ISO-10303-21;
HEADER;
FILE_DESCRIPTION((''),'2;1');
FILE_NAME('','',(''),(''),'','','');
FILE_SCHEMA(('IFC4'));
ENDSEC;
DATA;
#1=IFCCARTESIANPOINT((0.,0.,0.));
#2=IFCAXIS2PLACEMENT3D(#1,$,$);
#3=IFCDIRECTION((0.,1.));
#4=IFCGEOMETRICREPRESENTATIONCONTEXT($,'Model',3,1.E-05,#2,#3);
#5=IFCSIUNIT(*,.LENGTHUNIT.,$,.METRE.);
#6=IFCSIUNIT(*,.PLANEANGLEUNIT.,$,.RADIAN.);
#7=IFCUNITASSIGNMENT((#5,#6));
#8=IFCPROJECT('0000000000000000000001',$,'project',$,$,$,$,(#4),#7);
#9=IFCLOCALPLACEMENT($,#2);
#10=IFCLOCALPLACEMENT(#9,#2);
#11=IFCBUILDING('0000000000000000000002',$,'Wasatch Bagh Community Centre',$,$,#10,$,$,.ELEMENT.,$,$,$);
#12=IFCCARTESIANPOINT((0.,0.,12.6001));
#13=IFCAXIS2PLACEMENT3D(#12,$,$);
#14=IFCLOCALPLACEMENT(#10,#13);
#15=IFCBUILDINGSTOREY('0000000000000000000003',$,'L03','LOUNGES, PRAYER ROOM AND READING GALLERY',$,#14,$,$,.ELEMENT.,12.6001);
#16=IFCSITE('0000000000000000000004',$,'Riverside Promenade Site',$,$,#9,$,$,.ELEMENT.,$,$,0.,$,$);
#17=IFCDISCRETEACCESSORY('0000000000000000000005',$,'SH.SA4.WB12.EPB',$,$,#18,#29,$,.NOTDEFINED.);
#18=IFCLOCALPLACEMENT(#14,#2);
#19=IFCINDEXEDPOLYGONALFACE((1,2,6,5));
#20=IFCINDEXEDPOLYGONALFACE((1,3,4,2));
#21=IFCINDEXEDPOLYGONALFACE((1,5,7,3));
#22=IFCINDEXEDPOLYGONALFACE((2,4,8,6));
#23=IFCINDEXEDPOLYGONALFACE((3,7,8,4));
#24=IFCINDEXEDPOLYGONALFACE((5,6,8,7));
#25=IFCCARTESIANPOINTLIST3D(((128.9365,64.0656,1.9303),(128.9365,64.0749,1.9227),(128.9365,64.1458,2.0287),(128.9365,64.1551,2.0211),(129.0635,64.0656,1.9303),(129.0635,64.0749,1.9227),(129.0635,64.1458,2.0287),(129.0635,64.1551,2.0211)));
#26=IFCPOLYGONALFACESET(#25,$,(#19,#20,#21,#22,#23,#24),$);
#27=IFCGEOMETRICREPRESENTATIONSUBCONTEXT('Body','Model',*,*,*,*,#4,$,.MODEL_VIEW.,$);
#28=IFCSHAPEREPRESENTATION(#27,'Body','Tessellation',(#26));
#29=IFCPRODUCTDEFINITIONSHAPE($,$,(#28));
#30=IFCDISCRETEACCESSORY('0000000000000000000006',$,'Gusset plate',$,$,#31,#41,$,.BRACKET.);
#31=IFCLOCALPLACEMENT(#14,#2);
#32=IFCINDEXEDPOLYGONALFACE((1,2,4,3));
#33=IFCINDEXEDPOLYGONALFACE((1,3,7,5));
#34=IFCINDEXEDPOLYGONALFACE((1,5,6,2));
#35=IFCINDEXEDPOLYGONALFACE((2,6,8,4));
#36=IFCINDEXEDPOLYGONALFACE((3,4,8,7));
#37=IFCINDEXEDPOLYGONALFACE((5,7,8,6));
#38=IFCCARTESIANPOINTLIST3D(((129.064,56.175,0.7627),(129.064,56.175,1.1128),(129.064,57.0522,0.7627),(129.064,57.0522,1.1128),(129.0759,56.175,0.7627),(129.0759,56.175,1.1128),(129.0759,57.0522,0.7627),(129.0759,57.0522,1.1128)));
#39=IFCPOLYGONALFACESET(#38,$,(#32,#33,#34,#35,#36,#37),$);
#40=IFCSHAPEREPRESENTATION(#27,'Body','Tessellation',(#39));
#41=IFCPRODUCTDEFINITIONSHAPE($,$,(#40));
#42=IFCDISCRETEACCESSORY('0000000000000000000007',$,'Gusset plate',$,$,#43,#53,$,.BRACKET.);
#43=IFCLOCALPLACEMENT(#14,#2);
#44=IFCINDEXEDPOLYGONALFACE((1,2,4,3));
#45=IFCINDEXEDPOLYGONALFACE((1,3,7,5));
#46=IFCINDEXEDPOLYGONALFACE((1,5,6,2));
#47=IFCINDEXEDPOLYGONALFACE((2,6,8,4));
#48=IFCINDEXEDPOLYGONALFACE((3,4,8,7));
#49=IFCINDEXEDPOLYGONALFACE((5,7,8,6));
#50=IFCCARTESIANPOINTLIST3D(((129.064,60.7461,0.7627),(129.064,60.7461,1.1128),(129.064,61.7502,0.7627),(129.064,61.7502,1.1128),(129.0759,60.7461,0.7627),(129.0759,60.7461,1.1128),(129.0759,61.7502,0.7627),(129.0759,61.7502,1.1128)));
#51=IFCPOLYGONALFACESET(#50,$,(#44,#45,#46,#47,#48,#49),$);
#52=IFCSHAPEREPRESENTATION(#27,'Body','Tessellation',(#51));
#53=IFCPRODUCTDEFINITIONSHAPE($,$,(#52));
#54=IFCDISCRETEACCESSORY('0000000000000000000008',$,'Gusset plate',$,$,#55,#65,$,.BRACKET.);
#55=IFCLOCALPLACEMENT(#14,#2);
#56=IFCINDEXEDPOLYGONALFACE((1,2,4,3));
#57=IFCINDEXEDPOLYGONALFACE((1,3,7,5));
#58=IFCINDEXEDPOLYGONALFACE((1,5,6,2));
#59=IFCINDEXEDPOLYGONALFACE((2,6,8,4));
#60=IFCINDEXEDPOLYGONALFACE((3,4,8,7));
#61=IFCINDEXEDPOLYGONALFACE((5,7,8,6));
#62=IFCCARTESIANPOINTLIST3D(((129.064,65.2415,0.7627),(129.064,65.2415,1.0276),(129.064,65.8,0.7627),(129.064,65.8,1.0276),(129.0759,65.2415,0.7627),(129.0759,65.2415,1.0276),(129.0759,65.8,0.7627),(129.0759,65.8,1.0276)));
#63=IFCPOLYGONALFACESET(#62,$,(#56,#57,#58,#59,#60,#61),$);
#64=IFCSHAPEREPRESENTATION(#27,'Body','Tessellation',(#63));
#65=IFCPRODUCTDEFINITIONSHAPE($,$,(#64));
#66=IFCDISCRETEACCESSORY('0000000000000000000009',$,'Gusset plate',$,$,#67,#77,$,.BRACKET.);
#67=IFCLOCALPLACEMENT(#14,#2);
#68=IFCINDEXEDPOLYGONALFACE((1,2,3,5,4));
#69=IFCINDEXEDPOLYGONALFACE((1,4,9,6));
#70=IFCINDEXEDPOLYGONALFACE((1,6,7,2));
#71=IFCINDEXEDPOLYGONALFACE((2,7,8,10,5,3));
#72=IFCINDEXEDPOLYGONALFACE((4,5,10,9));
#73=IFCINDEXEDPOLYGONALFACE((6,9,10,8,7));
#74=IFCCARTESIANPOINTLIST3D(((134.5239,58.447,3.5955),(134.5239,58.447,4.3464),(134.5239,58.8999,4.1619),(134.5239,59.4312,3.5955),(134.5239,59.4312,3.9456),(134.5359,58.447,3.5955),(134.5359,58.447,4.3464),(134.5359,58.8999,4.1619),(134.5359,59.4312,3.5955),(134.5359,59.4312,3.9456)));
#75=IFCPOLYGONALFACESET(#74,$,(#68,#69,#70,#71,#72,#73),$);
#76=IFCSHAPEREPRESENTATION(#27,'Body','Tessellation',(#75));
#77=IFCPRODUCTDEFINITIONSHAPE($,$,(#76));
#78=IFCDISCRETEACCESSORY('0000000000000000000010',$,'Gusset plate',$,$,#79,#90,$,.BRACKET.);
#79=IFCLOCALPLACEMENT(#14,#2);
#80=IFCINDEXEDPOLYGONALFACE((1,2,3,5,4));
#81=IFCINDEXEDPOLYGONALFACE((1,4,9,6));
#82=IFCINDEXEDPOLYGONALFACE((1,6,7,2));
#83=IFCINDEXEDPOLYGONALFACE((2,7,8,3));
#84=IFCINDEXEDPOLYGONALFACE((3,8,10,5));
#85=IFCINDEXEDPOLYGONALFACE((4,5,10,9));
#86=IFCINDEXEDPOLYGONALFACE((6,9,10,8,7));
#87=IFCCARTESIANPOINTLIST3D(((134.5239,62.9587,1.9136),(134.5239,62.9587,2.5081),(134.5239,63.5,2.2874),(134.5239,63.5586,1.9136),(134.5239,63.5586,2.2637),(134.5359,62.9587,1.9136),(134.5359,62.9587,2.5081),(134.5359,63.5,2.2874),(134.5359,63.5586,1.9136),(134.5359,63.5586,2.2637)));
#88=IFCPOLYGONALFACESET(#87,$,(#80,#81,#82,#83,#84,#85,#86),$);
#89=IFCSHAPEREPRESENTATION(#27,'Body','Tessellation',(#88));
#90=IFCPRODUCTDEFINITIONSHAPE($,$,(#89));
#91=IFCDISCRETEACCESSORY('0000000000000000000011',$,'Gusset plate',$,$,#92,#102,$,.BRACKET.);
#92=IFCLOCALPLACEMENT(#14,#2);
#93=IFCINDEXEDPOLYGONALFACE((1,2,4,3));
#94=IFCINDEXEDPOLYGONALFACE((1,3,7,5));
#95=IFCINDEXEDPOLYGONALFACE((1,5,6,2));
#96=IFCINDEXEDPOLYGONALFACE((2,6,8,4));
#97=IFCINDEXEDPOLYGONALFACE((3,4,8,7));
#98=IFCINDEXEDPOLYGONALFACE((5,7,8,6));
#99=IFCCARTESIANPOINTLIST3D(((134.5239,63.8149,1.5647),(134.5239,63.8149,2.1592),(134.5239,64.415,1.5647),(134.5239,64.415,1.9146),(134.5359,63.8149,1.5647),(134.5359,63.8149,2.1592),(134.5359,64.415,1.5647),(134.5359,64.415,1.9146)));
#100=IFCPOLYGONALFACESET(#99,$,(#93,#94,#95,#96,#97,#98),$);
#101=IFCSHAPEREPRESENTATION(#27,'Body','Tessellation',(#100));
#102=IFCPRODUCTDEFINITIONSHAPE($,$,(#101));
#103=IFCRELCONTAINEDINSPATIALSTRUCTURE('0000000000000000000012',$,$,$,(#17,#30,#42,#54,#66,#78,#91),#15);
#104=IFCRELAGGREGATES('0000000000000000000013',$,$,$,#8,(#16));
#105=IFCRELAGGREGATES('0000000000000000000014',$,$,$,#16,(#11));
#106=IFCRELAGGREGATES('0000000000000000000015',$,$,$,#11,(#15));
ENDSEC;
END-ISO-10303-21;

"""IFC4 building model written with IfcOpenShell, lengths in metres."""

from ifc_helpers import new_model, si_unit, direction, frame, origin, origin_2d, place, context, subcontext, project, spatial, polyline, rectangle, outline, extrude, element, save


model = new_model("IFC4")

# Units and contexts
model_context = context("Model", 3, precision=1e-05, world=origin(), true_north=direction((0.0, 1.0)))
body_context = subcontext(model_context, "Body", "Model", "MODEL_VIEW")
ifc_project = project(units=[si_unit("LENGTHUNIT", "METRE"), si_unit("PLANEANGLEUNIT", "RADIAN")], contexts=[model_context])

# Site, building, storey
site_placement = place(None, origin())
site = spatial("IfcSite", under=ifc_project, at=site_placement, Name="Riverside Promenade Site", CompositionType="ELEMENT", RefElevation=0.0)
building_placement = place(site_placement, origin())
building = spatial("IfcBuilding", under=site, at=building_placement, Name="Wasatch Bagh Community Centre", CompositionType="ELEMENT")
storey_placement = place(building_placement, frame((0.0, 0.0, 12.6001)))
storey = spatial("IfcBuildingStorey", under=building, at=storey_placement, Name="L03", Description="LOUNGES, PRAYER ROOM AND READING GALLERY", CompositionType="ELEMENT", Elevation=12.6001)

# Discrete accessories
discrete_accessory_1_placement = place(storey_placement, frame((129.0, 64.115, 1.9719), z_axis=(0.0, -0.774865, 0.632127), x_axis=(1.0, 0.0, 0.0)))
element("IfcDiscreteAccessory", 1, at=discrete_accessory_1_placement, inside=storey, Name="SH.SA4.WB12.EPB", PredefinedType="NOTDEFINED", context=body_context, shape_type="SweptSolid", body=[
    extrude(rectangle(XDim=0.127, YDim=0.127, at=origin_2d()), origin(), (0.0, 0.0, 1.0), 0.012),
])
discrete_accessory_2_placement = place(storey_placement, frame((129.0759, 56.175, 0.7627), z_axis=(1.0, 0.0, 0.0), x_axis=(0.0, 1.0, 0.0)))
element("IfcDiscreteAccessory", 2, at=discrete_accessory_2_placement, inside=storey, Name="Gusset plate", PredefinedType="BRACKET", context=body_context, shape_type="SweptSolid", body=[
    extrude(outline(polyline([(0.0, 0.0), (0.8772, 0.0), (0.8772, 0.3501), (0.0, 0.3501), (0.0, 0.0)])), origin(), (0.0, 0.0, -1.0), 0.012),
])
discrete_accessory_3_placement = place(storey_placement, frame((129.0759, 60.7461, 0.7627), z_axis=(1.0, 0.0, 0.0), x_axis=(0.0, 1.0, 0.0)))
element("IfcDiscreteAccessory", 3, at=discrete_accessory_3_placement, inside=storey, Name="Gusset plate", PredefinedType="BRACKET", context=body_context, shape_type="SweptSolid", body=[
    extrude(outline(polyline([(0.0, 0.0), (1.0042, 0.0), (1.0042, 0.3501), (0.0, 0.3501), (0.0, 0.0)])), origin(), (0.0, 0.0, -1.0), 0.012),
])
discrete_accessory_4_placement = place(storey_placement, frame((129.0759, 65.2415, 0.7627), z_axis=(1.0, 0.0, 0.0), x_axis=(0.0, 1.0, 0.0)))
element("IfcDiscreteAccessory", 4, at=discrete_accessory_4_placement, inside=storey, Name="Gusset plate", PredefinedType="BRACKET", context=body_context, shape_type="SweptSolid", body=[
    extrude(outline(polyline([(0.0, 0.0), (0.5586, 0.0), (0.5586, 0.2649), (0.0, 0.2649), (0.0, 0.0)])), origin(), (0.0, 0.0, -1.0), 0.012),
])
discrete_accessory_5_placement = place(storey_placement, frame((134.5239, 58.447, 4.3464), z_axis=(-1.0, 0.0, 0.0), x_axis=(0.0, 0.926047, -0.377408)))
element("IfcDiscreteAccessory", 5, at=discrete_accessory_5_placement, inside=storey, Name="Gusset plate", PredefinedType="BRACKET", context=body_context, shape_type="SweptSolid", body=[
    extrude(outline(polyline([(0.0, 0.0), (0.489, 0.0), (1.0626, -0.0002), (1.1948, 0.324), (0.2834, 0.6954), (0.0, 0.0)])), origin(), (0.0, 0.0, -1.0), 0.012),
])
discrete_accessory_6_placement = place(storey_placement, frame((134.5239, 62.9587, 2.5081), z_axis=(-1.0, 0.0, 0.0), x_axis=(0.0, 0.925979, -0.377575)))
element("IfcDiscreteAccessory", 6, at=discrete_accessory_6_placement, inside=storey, Name="Gusset plate", PredefinedType="BRACKET", context=body_context, shape_type="SweptSolid", body=[
    extrude(outline(polyline([(0.0, 0.0), (0.5845, 0.0), (0.6477, -0.0002), (0.7799, 0.324), (0.2245, 0.5505), (0.0, 0.0)])), origin(), (0.0, 0.0, -1.0), 0.012),
])
discrete_accessory_7_placement = place(storey_placement, frame((134.5239, 63.8149, 2.1592), z_axis=(-1.0, 0.0, 0.0), x_axis=(0.0, 0.926014, -0.377488)))
element("IfcDiscreteAccessory", 7, at=discrete_accessory_7_placement, inside=storey, Name="Gusset plate", PredefinedType="BRACKET", context=body_context, shape_type="SweptSolid", body=[
    extrude(outline(polyline([(0.0, 0.0), (0.648, 0.0), (0.7801, 0.324), (0.2244, 0.5505), (0.0, 0.0)])), origin(), (0.0, 0.0, -1.0), 0.012),
])

save(model, "model.ifc")
